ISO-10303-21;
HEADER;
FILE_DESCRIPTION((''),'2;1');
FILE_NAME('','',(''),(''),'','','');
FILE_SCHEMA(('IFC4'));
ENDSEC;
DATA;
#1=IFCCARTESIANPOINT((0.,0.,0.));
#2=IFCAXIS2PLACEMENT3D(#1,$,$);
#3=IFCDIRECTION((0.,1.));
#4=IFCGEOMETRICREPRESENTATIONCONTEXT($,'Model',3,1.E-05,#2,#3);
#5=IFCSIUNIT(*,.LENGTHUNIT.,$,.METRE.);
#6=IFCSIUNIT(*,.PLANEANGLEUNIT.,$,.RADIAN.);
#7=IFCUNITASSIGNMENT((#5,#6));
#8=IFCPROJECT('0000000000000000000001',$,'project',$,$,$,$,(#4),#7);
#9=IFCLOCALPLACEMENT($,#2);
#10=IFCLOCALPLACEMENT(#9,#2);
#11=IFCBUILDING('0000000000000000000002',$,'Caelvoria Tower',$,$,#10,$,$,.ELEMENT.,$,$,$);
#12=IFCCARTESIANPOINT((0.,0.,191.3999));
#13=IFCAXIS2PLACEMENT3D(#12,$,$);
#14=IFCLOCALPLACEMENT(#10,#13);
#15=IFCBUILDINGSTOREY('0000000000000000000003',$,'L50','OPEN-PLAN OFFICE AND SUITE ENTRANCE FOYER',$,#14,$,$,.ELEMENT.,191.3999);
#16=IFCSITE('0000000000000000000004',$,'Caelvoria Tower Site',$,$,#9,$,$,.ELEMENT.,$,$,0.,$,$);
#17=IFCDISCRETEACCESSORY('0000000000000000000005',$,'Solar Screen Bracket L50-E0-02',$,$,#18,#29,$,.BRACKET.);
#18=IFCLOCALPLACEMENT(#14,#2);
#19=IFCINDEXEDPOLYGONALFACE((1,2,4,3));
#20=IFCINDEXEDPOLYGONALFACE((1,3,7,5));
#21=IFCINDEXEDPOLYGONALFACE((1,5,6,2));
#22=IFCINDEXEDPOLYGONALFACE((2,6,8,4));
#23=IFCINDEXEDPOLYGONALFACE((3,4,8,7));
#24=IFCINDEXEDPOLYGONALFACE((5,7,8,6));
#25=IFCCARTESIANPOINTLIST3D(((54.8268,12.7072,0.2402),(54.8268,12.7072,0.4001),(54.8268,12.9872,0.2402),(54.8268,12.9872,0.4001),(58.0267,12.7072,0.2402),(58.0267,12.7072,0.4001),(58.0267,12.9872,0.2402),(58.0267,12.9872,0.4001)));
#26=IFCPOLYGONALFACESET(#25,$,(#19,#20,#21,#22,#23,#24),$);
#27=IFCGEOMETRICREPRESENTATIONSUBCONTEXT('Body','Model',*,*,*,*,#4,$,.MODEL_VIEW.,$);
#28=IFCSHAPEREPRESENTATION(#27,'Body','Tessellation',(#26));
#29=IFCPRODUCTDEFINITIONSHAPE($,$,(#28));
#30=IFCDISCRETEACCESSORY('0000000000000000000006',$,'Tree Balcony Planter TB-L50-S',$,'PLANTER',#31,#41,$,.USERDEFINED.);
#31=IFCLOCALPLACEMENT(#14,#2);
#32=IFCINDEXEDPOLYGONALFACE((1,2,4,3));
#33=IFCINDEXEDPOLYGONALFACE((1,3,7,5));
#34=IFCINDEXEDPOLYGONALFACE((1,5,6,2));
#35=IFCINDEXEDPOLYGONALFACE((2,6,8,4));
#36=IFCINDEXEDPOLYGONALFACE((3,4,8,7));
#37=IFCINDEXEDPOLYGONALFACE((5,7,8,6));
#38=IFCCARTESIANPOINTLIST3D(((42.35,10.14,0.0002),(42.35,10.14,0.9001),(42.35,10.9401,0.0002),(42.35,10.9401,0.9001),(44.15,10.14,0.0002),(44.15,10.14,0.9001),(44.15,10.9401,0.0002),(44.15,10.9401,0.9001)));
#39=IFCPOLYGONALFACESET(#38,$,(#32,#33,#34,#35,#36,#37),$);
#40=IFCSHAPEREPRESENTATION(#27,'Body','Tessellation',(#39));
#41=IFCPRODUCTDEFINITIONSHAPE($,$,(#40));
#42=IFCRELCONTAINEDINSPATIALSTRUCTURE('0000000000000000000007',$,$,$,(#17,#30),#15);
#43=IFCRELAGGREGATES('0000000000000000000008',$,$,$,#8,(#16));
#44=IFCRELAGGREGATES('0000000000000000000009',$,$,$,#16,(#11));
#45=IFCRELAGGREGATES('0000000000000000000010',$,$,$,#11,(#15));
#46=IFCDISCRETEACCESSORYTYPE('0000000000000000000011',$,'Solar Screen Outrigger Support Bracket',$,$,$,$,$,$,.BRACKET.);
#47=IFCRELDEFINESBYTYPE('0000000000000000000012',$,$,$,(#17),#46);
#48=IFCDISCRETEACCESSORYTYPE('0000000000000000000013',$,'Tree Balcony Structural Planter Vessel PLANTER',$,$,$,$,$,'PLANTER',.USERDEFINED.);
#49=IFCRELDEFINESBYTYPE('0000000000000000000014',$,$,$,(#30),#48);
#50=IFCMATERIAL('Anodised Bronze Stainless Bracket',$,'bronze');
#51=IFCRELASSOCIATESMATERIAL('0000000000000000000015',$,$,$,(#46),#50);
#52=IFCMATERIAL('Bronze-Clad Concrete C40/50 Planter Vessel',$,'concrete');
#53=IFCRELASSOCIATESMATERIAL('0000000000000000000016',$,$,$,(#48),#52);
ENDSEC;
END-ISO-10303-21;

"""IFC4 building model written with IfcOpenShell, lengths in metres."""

from ifc_helpers import new_model, si_unit, direction, frame, origin, origin_2d, place, context, subcontext, project, spatial, rectangle, extrude, material, type_object, element, save


model = new_model("IFC4")

# Units and contexts
model_context = context("Model", 3, precision=1e-05, world=origin(), true_north=direction((0.0, 1.0)))
body_context = subcontext(model_context, "Body", "Model", "MODEL_VIEW")
ifc_project = project(units=[si_unit("LENGTHUNIT", "METRE"), si_unit("PLANEANGLEUNIT", "RADIAN")], contexts=[model_context])

# Site, building, storey
site_placement = place(None, origin())
site = spatial("IfcSite", under=ifc_project, at=site_placement, Name="Caelvoria Tower Site", CompositionType="ELEMENT", RefElevation=0.0)
building_placement = place(site_placement, origin())
building = spatial("IfcBuilding", under=site, at=building_placement, Name="Caelvoria Tower", CompositionType="ELEMENT")
storey_placement = place(building_placement, frame((0.0, 0.0, 191.3999)))
storey = spatial("IfcBuildingStorey", under=building, at=storey_placement, Name="L50", Description="OPEN-PLAN OFFICE AND SUITE ENTRANCE FOYER", CompositionType="ELEMENT", Elevation=191.3999)

# Discrete accessories
ifc_material_1 = material(Name="Anodised Bronze Stainless Bracket", Category="bronze")
discrete_accessory_type_1 = type_object("IfcDiscreteAccessoryType", Name="Solar Screen Outrigger Support Bracket", PredefinedType="BRACKET", material=ifc_material_1)
discrete_accessory_1_placement = place(storey_placement, frame((56.4268, 12.8472, 0.2402), z_axis=(0.0, 0.0, 1.0), x_axis=(1.0, 0.0, 0.0)))
element("IfcDiscreteAccessory", 1, at=discrete_accessory_1_placement, inside=storey, type_object=discrete_accessory_type_1, Name="Solar Screen Bracket L50-E0-02", PredefinedType="BRACKET", context=body_context, shape_type="SweptSolid", body=[
    extrude(rectangle(XDim=3.2, YDim=0.28, at=origin_2d()), origin(), (0.0, 0.0, 1.0), 0.1599),
])
ifc_material_2 = material(Name="Bronze-Clad Concrete C40/50 Planter Vessel", Category="concrete")
discrete_accessory_type_2 = type_object("IfcDiscreteAccessoryType", Name="Tree Balcony Structural Planter Vessel PLANTER", ElementType="PLANTER", PredefinedType="USERDEFINED", material=ifc_material_2)
discrete_accessory_2_placement = place(storey_placement, frame((43.25, 10.54, 0.0002), z_axis=(0.0, 0.0, 1.0), x_axis=(1.0, 0.0, 0.0)))
element("IfcDiscreteAccessory", 2, at=discrete_accessory_2_placement, inside=storey, type_object=discrete_accessory_type_2, Name="Tree Balcony Planter TB-L50-S", ObjectType="PLANTER", PredefinedType="USERDEFINED", context=body_context, shape_type="SweptSolid", body=[
    extrude(rectangle(XDim=1.8, YDim=0.8, at=origin_2d()), origin(), (0.0, 0.0, 1.0), 0.8999),
])

save(model, "model.ifc")
